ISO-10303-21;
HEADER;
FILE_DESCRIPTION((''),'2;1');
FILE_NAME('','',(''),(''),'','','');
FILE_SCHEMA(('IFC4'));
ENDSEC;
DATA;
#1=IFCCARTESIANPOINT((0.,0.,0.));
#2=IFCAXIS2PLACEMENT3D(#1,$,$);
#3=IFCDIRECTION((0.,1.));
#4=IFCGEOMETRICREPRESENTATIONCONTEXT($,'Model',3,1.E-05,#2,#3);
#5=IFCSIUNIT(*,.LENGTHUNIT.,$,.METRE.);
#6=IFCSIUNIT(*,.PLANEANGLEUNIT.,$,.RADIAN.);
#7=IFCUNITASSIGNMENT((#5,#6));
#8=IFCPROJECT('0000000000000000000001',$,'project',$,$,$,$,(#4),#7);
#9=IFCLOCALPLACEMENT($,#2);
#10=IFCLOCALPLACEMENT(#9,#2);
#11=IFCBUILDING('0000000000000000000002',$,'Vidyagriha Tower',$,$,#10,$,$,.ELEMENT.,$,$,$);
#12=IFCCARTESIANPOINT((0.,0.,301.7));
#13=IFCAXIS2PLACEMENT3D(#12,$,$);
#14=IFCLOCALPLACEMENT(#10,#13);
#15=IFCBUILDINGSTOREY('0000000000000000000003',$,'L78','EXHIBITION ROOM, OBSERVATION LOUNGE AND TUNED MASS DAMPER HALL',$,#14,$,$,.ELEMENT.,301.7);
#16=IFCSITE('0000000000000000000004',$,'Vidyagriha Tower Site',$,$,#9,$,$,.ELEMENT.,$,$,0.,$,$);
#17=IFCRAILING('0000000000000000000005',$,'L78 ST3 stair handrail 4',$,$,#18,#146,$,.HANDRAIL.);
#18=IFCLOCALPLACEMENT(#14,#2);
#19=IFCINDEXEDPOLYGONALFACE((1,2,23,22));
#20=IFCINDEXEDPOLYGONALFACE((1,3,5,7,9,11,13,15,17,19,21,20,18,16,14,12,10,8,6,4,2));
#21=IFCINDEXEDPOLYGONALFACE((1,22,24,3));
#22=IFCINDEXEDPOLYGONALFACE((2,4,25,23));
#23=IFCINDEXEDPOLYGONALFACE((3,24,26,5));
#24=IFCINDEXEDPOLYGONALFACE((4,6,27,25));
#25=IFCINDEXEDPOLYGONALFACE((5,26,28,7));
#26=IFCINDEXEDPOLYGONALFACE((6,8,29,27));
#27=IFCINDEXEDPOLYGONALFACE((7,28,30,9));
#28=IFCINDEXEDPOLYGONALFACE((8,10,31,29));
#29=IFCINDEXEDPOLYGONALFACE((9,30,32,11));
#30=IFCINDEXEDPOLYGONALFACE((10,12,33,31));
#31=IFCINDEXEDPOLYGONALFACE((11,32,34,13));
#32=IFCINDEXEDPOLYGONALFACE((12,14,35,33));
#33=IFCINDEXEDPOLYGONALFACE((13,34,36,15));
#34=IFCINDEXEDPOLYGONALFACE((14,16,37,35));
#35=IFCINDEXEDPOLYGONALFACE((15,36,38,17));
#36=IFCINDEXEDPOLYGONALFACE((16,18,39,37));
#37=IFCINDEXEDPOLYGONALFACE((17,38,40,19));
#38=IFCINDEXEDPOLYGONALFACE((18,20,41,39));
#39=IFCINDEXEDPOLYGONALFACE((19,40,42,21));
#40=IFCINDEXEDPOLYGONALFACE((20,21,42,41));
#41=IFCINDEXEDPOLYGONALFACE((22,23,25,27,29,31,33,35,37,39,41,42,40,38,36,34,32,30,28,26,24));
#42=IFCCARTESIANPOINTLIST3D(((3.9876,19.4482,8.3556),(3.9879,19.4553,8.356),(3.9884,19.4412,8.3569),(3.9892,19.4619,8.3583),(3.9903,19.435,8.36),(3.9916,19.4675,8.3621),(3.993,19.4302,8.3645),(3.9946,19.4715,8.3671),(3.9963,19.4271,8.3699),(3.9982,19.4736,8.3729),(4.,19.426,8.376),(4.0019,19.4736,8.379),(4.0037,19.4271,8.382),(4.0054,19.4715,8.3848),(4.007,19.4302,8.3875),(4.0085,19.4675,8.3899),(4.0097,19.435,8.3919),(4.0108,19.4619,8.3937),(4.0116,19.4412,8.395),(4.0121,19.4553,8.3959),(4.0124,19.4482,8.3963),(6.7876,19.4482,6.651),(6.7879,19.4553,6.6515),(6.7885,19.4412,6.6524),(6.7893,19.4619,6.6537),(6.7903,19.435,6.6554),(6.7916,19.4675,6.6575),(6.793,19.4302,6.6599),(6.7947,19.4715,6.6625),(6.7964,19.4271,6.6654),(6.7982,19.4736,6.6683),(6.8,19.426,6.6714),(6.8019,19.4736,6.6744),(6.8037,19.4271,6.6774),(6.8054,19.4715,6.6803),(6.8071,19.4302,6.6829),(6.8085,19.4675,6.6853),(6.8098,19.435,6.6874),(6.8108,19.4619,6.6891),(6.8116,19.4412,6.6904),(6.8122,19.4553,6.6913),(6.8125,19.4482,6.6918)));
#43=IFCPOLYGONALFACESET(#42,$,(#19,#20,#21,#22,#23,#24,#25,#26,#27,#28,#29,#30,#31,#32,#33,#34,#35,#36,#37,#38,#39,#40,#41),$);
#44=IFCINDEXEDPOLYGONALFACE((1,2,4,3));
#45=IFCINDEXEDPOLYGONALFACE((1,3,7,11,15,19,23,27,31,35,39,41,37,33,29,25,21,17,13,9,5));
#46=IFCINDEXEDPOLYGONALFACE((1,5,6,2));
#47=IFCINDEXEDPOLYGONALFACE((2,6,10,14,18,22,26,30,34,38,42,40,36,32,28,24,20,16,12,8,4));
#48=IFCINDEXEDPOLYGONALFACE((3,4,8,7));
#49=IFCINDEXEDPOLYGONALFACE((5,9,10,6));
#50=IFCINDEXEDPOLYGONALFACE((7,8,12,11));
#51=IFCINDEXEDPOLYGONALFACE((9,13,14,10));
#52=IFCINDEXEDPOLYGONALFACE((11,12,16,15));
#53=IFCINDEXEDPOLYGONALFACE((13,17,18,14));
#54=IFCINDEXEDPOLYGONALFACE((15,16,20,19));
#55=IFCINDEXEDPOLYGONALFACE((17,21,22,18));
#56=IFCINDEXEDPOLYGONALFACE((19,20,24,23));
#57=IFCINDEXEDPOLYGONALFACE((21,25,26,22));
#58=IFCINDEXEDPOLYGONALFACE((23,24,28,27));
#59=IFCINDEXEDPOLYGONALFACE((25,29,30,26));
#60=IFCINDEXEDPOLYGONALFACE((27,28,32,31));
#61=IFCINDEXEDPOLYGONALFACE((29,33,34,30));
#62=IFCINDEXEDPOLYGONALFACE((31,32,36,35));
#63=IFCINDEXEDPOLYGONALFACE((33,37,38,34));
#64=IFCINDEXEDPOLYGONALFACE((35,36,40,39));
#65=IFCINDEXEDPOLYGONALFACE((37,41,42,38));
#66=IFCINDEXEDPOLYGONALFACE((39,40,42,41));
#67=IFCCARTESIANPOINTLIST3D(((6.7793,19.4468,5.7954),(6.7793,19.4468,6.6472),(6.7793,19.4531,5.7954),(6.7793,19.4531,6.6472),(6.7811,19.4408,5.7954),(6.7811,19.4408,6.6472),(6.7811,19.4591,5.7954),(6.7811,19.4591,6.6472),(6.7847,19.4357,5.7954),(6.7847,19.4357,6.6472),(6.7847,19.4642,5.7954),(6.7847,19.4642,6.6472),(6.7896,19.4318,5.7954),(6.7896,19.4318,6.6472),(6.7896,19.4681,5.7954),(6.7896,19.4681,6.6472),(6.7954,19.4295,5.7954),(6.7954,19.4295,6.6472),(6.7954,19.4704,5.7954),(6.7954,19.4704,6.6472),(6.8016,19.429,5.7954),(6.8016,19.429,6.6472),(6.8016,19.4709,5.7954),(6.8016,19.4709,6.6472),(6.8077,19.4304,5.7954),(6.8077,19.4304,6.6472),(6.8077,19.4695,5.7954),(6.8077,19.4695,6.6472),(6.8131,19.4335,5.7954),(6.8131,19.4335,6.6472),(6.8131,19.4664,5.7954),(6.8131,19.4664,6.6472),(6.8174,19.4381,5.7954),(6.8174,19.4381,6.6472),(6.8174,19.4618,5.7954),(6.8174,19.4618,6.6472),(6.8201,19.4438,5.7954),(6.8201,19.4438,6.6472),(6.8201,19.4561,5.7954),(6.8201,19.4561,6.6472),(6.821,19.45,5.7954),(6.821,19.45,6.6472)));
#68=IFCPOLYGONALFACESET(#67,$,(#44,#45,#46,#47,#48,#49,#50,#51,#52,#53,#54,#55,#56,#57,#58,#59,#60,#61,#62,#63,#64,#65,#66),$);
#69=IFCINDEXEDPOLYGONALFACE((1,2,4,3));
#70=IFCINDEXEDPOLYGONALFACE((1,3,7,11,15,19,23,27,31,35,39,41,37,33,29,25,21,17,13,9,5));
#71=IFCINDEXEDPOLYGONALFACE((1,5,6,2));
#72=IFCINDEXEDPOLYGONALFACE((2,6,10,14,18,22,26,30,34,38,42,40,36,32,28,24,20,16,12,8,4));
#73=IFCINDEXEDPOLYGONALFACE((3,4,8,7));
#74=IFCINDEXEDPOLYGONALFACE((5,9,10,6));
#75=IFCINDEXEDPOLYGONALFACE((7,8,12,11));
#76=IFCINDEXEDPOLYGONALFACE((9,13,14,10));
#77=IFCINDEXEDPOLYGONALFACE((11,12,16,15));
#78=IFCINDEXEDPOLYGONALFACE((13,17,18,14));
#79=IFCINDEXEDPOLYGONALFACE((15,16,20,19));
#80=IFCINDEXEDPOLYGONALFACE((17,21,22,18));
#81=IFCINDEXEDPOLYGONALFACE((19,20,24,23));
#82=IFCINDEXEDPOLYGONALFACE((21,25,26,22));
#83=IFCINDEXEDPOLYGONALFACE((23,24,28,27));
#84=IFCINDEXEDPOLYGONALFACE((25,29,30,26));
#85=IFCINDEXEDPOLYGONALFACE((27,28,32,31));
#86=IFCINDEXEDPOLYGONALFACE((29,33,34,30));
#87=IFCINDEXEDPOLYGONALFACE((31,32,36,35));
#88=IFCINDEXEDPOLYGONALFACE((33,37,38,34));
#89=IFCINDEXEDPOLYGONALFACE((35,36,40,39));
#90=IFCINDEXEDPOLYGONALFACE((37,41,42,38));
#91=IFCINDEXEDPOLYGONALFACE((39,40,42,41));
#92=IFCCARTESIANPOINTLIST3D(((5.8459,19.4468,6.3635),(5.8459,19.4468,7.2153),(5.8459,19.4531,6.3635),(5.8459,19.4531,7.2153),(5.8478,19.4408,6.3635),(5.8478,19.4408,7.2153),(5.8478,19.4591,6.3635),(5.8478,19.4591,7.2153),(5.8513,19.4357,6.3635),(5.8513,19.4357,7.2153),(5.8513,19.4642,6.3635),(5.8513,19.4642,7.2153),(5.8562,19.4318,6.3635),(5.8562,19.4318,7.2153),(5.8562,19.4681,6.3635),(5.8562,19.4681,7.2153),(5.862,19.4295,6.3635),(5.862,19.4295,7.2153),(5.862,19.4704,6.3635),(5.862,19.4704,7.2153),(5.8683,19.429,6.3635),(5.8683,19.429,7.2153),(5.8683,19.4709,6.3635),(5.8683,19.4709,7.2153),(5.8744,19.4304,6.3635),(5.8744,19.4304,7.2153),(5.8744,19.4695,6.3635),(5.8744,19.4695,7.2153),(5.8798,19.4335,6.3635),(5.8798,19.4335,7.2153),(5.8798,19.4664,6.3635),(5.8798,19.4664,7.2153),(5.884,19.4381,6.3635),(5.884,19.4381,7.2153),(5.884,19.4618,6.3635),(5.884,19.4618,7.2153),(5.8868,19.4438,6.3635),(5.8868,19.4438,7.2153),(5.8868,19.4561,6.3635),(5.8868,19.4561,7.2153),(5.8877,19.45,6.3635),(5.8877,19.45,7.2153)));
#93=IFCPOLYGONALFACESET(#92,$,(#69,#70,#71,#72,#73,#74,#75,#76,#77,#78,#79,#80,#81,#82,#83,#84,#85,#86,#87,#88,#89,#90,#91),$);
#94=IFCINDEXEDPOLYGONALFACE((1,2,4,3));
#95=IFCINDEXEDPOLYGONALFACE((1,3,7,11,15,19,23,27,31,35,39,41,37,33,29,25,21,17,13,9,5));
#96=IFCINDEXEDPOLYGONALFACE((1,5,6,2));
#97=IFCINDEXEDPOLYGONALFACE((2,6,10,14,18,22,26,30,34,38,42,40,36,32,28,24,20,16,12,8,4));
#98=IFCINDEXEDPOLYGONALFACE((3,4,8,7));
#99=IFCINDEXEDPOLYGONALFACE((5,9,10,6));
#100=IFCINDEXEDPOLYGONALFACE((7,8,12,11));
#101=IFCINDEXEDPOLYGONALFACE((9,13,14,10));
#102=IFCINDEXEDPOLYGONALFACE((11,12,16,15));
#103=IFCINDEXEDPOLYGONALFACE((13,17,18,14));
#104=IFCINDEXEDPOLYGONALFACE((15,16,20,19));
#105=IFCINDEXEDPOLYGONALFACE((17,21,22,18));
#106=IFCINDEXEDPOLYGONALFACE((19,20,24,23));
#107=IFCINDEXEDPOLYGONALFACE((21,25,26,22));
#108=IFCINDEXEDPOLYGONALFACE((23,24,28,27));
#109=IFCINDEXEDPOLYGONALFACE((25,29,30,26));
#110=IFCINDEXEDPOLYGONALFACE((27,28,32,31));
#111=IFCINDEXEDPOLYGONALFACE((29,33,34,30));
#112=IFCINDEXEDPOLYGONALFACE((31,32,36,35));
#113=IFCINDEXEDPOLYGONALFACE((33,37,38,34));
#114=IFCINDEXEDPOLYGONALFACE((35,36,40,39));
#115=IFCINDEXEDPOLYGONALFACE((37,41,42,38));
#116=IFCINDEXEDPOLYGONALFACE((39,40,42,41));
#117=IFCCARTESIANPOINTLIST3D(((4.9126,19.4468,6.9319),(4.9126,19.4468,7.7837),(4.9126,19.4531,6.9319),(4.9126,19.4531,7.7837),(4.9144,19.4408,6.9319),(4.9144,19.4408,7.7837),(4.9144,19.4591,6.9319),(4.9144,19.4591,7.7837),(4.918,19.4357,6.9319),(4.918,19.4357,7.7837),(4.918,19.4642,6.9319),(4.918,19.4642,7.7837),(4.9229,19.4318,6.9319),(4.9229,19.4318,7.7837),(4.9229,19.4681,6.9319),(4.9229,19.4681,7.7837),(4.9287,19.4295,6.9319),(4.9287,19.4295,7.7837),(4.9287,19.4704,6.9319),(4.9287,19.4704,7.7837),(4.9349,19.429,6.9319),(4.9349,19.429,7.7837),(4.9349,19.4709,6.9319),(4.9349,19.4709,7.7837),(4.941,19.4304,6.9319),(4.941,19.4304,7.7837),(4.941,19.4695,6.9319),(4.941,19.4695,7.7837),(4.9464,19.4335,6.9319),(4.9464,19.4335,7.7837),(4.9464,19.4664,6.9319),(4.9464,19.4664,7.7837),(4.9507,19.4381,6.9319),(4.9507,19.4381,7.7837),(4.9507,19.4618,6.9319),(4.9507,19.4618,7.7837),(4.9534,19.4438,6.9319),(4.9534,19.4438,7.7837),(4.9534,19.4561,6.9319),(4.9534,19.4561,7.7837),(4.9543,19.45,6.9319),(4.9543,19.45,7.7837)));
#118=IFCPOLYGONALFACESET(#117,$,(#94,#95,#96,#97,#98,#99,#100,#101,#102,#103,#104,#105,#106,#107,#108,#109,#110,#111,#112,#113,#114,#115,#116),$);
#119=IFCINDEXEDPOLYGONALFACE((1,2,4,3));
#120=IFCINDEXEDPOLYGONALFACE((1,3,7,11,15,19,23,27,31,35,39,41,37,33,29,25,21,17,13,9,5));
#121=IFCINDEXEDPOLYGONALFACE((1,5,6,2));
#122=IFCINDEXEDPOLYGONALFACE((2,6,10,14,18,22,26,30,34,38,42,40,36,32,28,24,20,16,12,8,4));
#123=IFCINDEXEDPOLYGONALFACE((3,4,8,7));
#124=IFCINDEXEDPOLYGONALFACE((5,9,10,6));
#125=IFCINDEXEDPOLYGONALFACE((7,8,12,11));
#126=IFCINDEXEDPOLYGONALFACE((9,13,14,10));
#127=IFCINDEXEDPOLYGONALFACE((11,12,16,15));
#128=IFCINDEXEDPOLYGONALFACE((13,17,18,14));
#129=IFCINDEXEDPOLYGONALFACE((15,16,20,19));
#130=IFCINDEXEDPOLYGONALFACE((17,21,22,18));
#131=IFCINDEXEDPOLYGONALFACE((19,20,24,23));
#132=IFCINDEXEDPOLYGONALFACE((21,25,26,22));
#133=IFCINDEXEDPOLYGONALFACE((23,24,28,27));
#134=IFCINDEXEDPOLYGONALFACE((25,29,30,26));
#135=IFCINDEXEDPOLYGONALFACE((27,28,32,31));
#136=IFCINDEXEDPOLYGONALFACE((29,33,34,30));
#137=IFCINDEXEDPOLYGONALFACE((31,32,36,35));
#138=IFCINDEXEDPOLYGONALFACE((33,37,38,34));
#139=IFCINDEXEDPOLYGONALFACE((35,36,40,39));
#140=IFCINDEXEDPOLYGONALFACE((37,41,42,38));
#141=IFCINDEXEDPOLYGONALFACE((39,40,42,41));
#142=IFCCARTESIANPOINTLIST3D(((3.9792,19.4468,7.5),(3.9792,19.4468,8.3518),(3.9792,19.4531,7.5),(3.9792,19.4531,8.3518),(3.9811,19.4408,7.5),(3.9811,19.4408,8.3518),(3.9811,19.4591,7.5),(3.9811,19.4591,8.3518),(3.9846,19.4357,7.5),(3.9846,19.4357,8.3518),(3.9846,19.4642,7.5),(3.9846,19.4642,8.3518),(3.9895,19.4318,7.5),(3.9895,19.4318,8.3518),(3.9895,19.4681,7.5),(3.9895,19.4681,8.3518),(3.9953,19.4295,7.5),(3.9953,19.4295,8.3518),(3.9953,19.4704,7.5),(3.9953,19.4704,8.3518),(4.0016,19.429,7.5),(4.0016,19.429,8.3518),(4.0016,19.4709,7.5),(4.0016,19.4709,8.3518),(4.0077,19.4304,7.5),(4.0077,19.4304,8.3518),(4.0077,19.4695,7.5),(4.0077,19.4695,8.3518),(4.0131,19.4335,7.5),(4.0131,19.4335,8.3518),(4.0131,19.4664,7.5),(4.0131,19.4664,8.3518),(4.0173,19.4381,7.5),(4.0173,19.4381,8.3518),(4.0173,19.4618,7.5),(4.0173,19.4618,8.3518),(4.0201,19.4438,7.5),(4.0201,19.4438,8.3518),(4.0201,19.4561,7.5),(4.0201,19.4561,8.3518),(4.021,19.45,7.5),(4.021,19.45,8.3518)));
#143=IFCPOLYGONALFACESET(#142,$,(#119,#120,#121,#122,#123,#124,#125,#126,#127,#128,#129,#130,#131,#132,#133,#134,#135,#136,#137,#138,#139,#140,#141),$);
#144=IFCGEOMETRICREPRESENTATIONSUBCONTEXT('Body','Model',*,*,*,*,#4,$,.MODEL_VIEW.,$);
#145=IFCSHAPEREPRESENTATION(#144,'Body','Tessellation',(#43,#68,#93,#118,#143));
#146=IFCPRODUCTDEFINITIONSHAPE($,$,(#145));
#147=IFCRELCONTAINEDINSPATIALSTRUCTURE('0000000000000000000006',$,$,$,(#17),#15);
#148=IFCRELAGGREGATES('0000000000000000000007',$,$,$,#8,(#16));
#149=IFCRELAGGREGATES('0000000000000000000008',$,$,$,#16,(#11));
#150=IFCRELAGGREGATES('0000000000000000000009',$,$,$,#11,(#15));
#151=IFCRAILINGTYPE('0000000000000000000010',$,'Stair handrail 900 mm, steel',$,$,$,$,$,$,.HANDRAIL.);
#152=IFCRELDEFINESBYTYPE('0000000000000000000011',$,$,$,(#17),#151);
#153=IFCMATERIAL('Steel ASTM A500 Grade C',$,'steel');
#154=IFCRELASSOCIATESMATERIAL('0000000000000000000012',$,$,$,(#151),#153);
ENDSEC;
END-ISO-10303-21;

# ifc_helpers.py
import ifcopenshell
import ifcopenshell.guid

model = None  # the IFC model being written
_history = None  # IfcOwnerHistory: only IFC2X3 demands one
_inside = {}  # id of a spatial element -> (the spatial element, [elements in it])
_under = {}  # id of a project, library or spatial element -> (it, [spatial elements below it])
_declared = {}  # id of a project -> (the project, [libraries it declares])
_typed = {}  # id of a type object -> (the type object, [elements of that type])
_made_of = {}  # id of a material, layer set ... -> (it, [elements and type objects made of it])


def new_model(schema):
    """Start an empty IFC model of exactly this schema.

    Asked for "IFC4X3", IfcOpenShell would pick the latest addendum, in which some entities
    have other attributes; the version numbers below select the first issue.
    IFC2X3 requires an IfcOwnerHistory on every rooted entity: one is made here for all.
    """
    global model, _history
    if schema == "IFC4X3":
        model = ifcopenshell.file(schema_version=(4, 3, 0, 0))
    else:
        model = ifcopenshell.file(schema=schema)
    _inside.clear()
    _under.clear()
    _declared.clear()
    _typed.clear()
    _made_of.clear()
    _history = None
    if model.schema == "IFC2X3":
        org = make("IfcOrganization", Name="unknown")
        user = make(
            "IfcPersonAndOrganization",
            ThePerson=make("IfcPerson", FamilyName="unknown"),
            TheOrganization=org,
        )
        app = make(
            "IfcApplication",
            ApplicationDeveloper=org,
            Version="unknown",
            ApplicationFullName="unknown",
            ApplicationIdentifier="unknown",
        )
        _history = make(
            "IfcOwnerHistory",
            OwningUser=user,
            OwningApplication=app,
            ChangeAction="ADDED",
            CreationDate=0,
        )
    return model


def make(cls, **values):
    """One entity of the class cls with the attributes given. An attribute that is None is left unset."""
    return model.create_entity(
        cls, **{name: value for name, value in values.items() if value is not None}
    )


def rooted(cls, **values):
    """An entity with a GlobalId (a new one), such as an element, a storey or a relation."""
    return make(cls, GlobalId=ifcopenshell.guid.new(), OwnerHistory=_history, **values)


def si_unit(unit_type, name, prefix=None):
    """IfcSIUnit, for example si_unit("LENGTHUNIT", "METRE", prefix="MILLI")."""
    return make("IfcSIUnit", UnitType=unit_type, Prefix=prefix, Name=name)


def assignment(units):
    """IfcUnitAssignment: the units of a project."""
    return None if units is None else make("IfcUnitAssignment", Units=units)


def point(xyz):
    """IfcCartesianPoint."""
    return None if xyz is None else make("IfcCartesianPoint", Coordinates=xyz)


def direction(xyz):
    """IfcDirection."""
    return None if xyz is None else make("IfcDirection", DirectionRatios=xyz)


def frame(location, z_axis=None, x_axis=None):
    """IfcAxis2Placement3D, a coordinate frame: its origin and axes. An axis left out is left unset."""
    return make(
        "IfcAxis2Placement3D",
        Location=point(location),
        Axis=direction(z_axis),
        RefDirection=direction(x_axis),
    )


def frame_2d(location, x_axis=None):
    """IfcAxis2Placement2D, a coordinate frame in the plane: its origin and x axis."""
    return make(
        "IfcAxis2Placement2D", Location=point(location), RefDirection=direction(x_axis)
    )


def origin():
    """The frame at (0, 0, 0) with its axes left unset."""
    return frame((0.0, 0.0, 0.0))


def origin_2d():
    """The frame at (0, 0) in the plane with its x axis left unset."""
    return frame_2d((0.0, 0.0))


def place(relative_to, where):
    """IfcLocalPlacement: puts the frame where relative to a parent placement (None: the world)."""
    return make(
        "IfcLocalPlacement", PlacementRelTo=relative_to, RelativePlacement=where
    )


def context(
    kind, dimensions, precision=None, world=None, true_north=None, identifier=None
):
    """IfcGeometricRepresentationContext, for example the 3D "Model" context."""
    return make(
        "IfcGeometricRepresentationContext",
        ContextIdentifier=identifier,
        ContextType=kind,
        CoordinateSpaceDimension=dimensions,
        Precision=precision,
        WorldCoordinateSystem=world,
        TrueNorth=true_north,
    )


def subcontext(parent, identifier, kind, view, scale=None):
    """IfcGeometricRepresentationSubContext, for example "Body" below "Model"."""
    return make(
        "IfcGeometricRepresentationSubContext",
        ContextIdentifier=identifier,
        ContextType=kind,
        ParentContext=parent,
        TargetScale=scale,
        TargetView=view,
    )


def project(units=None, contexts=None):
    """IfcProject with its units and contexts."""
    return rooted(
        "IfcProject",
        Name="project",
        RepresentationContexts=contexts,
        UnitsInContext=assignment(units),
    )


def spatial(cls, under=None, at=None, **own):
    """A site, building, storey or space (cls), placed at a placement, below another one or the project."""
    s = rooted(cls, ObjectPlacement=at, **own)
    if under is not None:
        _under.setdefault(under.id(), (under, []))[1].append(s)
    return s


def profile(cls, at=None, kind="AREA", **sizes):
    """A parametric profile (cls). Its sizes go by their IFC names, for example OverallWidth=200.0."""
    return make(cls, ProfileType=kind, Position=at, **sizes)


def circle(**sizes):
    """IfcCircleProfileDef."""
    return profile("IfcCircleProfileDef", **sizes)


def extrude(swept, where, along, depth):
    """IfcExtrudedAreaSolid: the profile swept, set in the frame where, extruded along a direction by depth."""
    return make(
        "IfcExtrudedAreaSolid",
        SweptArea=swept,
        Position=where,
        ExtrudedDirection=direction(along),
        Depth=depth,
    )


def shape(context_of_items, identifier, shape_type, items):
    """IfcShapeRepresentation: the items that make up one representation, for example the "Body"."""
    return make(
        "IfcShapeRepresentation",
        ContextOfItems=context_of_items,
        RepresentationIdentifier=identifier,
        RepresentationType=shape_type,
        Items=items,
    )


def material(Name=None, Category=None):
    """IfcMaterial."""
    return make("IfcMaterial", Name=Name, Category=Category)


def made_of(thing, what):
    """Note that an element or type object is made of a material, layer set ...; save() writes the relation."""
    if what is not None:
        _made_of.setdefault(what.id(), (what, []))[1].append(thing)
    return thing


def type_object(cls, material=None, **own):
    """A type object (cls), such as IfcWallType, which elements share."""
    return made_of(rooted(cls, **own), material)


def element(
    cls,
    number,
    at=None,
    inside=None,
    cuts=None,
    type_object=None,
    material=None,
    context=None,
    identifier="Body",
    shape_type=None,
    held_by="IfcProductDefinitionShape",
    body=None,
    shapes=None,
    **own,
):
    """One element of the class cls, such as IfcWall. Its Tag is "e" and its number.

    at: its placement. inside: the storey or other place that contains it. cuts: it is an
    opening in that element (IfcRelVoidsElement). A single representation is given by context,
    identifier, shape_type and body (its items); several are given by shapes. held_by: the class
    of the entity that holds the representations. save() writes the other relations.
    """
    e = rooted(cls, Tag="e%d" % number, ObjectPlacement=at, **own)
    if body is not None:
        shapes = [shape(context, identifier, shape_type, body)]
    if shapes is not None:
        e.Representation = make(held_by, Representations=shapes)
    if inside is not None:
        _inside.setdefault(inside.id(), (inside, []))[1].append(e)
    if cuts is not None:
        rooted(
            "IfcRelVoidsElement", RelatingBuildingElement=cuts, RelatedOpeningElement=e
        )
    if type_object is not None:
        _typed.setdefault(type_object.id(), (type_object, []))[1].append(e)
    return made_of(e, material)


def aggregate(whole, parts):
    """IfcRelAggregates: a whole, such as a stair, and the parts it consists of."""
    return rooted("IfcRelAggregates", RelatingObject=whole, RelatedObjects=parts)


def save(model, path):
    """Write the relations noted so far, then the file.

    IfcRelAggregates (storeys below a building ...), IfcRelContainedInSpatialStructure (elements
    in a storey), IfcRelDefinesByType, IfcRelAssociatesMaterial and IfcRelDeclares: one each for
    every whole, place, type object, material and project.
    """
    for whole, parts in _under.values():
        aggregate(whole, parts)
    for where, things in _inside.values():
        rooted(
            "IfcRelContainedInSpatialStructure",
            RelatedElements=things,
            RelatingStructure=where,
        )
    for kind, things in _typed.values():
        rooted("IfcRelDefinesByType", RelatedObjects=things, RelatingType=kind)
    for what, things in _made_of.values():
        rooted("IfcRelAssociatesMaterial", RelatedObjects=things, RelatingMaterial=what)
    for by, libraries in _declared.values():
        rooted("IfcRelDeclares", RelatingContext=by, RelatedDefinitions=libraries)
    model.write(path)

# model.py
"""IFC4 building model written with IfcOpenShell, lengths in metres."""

from ifc_helpers import new_model, si_unit, direction, frame, origin, origin_2d, place, context, subcontext, project, spatial, circle, extrude, material, type_object, element, save


model = new_model("IFC4")

# Units and contexts
model_context = context("Model", 3, precision=1e-05, world=origin(), true_north=direction((0.0, 1.0)))
body_context = subcontext(model_context, "Body", "Model", "MODEL_VIEW")
ifc_project = project(units=[si_unit("LENGTHUNIT", "METRE"), si_unit("PLANEANGLEUNIT", "RADIAN")], contexts=[model_context])

# Site, building, storey
site_placement = place(None, origin())
site = spatial("IfcSite", under=ifc_project, at=site_placement, Name="Vidyagriha Tower Site", CompositionType="ELEMENT", RefElevation=0.0)
building_placement = place(site_placement, origin())
building = spatial("IfcBuilding", under=site, at=building_placement, Name="Vidyagriha Tower", CompositionType="ELEMENT")
storey_placement = place(building_placement, frame((0.0, 0.0, 301.7)))
storey = spatial("IfcBuildingStorey", under=building, at=storey_placement, Name="L78", Description="EXHIBITION ROOM, OBSERVATION LOUNGE AND TUNED MASS DAMPER HALL", CompositionType="ELEMENT", Elevation=301.7)

# Railing
ifc_material_1 = material(Name="Steel ASTM A500 Grade C", Category="steel")
railing_type_1 = type_object("IfcRailingType", Name="Stair handrail 900 mm, steel", PredefinedType="HANDRAIL", material=ifc_material_1)
for number, where, name in (
    (1, (6.8, 19.45, 5.7954), "L78 ST3 stair handrail 4"),
):
    element("IfcRailing", number, at=place(storey_placement, frame(where)), inside=storey, type_object=railing_type_1, Name=name, PredefinedType="HANDRAIL", context=body_context, shape_type="SweptSolid", body=[
        extrude(circle(Radius=0.0239, at=origin_2d()), frame((0.0, 0.0, 0.876), z_axis=(-0.85417, 0.0, 0.519994), x_axis=(0.0, -1.0, 0.0)), (0.0, 0.0, 1.0), 3.2781),
        extrude(circle(Radius=0.021, at=origin_2d()), origin(), (0.0, 0.0, 1.0), 0.8518),
        extrude(circle(Radius=0.021, at=origin_2d()), frame((-0.9333, 0.0, 0.5681)), (0.0, 0.0, 1.0), 0.8518),
        extrude(circle(Radius=0.021, at=origin_2d()), frame((-1.8667, 0.0, 1.1365)), (0.0, 0.0, 1.0), 0.8518),
        extrude(circle(Radius=0.021, at=origin_2d()), frame((-2.8, 0.0, 1.7046)), (0.0, 0.0, 1.0), 0.8518),
    ])

save(model, "model.ifc")
